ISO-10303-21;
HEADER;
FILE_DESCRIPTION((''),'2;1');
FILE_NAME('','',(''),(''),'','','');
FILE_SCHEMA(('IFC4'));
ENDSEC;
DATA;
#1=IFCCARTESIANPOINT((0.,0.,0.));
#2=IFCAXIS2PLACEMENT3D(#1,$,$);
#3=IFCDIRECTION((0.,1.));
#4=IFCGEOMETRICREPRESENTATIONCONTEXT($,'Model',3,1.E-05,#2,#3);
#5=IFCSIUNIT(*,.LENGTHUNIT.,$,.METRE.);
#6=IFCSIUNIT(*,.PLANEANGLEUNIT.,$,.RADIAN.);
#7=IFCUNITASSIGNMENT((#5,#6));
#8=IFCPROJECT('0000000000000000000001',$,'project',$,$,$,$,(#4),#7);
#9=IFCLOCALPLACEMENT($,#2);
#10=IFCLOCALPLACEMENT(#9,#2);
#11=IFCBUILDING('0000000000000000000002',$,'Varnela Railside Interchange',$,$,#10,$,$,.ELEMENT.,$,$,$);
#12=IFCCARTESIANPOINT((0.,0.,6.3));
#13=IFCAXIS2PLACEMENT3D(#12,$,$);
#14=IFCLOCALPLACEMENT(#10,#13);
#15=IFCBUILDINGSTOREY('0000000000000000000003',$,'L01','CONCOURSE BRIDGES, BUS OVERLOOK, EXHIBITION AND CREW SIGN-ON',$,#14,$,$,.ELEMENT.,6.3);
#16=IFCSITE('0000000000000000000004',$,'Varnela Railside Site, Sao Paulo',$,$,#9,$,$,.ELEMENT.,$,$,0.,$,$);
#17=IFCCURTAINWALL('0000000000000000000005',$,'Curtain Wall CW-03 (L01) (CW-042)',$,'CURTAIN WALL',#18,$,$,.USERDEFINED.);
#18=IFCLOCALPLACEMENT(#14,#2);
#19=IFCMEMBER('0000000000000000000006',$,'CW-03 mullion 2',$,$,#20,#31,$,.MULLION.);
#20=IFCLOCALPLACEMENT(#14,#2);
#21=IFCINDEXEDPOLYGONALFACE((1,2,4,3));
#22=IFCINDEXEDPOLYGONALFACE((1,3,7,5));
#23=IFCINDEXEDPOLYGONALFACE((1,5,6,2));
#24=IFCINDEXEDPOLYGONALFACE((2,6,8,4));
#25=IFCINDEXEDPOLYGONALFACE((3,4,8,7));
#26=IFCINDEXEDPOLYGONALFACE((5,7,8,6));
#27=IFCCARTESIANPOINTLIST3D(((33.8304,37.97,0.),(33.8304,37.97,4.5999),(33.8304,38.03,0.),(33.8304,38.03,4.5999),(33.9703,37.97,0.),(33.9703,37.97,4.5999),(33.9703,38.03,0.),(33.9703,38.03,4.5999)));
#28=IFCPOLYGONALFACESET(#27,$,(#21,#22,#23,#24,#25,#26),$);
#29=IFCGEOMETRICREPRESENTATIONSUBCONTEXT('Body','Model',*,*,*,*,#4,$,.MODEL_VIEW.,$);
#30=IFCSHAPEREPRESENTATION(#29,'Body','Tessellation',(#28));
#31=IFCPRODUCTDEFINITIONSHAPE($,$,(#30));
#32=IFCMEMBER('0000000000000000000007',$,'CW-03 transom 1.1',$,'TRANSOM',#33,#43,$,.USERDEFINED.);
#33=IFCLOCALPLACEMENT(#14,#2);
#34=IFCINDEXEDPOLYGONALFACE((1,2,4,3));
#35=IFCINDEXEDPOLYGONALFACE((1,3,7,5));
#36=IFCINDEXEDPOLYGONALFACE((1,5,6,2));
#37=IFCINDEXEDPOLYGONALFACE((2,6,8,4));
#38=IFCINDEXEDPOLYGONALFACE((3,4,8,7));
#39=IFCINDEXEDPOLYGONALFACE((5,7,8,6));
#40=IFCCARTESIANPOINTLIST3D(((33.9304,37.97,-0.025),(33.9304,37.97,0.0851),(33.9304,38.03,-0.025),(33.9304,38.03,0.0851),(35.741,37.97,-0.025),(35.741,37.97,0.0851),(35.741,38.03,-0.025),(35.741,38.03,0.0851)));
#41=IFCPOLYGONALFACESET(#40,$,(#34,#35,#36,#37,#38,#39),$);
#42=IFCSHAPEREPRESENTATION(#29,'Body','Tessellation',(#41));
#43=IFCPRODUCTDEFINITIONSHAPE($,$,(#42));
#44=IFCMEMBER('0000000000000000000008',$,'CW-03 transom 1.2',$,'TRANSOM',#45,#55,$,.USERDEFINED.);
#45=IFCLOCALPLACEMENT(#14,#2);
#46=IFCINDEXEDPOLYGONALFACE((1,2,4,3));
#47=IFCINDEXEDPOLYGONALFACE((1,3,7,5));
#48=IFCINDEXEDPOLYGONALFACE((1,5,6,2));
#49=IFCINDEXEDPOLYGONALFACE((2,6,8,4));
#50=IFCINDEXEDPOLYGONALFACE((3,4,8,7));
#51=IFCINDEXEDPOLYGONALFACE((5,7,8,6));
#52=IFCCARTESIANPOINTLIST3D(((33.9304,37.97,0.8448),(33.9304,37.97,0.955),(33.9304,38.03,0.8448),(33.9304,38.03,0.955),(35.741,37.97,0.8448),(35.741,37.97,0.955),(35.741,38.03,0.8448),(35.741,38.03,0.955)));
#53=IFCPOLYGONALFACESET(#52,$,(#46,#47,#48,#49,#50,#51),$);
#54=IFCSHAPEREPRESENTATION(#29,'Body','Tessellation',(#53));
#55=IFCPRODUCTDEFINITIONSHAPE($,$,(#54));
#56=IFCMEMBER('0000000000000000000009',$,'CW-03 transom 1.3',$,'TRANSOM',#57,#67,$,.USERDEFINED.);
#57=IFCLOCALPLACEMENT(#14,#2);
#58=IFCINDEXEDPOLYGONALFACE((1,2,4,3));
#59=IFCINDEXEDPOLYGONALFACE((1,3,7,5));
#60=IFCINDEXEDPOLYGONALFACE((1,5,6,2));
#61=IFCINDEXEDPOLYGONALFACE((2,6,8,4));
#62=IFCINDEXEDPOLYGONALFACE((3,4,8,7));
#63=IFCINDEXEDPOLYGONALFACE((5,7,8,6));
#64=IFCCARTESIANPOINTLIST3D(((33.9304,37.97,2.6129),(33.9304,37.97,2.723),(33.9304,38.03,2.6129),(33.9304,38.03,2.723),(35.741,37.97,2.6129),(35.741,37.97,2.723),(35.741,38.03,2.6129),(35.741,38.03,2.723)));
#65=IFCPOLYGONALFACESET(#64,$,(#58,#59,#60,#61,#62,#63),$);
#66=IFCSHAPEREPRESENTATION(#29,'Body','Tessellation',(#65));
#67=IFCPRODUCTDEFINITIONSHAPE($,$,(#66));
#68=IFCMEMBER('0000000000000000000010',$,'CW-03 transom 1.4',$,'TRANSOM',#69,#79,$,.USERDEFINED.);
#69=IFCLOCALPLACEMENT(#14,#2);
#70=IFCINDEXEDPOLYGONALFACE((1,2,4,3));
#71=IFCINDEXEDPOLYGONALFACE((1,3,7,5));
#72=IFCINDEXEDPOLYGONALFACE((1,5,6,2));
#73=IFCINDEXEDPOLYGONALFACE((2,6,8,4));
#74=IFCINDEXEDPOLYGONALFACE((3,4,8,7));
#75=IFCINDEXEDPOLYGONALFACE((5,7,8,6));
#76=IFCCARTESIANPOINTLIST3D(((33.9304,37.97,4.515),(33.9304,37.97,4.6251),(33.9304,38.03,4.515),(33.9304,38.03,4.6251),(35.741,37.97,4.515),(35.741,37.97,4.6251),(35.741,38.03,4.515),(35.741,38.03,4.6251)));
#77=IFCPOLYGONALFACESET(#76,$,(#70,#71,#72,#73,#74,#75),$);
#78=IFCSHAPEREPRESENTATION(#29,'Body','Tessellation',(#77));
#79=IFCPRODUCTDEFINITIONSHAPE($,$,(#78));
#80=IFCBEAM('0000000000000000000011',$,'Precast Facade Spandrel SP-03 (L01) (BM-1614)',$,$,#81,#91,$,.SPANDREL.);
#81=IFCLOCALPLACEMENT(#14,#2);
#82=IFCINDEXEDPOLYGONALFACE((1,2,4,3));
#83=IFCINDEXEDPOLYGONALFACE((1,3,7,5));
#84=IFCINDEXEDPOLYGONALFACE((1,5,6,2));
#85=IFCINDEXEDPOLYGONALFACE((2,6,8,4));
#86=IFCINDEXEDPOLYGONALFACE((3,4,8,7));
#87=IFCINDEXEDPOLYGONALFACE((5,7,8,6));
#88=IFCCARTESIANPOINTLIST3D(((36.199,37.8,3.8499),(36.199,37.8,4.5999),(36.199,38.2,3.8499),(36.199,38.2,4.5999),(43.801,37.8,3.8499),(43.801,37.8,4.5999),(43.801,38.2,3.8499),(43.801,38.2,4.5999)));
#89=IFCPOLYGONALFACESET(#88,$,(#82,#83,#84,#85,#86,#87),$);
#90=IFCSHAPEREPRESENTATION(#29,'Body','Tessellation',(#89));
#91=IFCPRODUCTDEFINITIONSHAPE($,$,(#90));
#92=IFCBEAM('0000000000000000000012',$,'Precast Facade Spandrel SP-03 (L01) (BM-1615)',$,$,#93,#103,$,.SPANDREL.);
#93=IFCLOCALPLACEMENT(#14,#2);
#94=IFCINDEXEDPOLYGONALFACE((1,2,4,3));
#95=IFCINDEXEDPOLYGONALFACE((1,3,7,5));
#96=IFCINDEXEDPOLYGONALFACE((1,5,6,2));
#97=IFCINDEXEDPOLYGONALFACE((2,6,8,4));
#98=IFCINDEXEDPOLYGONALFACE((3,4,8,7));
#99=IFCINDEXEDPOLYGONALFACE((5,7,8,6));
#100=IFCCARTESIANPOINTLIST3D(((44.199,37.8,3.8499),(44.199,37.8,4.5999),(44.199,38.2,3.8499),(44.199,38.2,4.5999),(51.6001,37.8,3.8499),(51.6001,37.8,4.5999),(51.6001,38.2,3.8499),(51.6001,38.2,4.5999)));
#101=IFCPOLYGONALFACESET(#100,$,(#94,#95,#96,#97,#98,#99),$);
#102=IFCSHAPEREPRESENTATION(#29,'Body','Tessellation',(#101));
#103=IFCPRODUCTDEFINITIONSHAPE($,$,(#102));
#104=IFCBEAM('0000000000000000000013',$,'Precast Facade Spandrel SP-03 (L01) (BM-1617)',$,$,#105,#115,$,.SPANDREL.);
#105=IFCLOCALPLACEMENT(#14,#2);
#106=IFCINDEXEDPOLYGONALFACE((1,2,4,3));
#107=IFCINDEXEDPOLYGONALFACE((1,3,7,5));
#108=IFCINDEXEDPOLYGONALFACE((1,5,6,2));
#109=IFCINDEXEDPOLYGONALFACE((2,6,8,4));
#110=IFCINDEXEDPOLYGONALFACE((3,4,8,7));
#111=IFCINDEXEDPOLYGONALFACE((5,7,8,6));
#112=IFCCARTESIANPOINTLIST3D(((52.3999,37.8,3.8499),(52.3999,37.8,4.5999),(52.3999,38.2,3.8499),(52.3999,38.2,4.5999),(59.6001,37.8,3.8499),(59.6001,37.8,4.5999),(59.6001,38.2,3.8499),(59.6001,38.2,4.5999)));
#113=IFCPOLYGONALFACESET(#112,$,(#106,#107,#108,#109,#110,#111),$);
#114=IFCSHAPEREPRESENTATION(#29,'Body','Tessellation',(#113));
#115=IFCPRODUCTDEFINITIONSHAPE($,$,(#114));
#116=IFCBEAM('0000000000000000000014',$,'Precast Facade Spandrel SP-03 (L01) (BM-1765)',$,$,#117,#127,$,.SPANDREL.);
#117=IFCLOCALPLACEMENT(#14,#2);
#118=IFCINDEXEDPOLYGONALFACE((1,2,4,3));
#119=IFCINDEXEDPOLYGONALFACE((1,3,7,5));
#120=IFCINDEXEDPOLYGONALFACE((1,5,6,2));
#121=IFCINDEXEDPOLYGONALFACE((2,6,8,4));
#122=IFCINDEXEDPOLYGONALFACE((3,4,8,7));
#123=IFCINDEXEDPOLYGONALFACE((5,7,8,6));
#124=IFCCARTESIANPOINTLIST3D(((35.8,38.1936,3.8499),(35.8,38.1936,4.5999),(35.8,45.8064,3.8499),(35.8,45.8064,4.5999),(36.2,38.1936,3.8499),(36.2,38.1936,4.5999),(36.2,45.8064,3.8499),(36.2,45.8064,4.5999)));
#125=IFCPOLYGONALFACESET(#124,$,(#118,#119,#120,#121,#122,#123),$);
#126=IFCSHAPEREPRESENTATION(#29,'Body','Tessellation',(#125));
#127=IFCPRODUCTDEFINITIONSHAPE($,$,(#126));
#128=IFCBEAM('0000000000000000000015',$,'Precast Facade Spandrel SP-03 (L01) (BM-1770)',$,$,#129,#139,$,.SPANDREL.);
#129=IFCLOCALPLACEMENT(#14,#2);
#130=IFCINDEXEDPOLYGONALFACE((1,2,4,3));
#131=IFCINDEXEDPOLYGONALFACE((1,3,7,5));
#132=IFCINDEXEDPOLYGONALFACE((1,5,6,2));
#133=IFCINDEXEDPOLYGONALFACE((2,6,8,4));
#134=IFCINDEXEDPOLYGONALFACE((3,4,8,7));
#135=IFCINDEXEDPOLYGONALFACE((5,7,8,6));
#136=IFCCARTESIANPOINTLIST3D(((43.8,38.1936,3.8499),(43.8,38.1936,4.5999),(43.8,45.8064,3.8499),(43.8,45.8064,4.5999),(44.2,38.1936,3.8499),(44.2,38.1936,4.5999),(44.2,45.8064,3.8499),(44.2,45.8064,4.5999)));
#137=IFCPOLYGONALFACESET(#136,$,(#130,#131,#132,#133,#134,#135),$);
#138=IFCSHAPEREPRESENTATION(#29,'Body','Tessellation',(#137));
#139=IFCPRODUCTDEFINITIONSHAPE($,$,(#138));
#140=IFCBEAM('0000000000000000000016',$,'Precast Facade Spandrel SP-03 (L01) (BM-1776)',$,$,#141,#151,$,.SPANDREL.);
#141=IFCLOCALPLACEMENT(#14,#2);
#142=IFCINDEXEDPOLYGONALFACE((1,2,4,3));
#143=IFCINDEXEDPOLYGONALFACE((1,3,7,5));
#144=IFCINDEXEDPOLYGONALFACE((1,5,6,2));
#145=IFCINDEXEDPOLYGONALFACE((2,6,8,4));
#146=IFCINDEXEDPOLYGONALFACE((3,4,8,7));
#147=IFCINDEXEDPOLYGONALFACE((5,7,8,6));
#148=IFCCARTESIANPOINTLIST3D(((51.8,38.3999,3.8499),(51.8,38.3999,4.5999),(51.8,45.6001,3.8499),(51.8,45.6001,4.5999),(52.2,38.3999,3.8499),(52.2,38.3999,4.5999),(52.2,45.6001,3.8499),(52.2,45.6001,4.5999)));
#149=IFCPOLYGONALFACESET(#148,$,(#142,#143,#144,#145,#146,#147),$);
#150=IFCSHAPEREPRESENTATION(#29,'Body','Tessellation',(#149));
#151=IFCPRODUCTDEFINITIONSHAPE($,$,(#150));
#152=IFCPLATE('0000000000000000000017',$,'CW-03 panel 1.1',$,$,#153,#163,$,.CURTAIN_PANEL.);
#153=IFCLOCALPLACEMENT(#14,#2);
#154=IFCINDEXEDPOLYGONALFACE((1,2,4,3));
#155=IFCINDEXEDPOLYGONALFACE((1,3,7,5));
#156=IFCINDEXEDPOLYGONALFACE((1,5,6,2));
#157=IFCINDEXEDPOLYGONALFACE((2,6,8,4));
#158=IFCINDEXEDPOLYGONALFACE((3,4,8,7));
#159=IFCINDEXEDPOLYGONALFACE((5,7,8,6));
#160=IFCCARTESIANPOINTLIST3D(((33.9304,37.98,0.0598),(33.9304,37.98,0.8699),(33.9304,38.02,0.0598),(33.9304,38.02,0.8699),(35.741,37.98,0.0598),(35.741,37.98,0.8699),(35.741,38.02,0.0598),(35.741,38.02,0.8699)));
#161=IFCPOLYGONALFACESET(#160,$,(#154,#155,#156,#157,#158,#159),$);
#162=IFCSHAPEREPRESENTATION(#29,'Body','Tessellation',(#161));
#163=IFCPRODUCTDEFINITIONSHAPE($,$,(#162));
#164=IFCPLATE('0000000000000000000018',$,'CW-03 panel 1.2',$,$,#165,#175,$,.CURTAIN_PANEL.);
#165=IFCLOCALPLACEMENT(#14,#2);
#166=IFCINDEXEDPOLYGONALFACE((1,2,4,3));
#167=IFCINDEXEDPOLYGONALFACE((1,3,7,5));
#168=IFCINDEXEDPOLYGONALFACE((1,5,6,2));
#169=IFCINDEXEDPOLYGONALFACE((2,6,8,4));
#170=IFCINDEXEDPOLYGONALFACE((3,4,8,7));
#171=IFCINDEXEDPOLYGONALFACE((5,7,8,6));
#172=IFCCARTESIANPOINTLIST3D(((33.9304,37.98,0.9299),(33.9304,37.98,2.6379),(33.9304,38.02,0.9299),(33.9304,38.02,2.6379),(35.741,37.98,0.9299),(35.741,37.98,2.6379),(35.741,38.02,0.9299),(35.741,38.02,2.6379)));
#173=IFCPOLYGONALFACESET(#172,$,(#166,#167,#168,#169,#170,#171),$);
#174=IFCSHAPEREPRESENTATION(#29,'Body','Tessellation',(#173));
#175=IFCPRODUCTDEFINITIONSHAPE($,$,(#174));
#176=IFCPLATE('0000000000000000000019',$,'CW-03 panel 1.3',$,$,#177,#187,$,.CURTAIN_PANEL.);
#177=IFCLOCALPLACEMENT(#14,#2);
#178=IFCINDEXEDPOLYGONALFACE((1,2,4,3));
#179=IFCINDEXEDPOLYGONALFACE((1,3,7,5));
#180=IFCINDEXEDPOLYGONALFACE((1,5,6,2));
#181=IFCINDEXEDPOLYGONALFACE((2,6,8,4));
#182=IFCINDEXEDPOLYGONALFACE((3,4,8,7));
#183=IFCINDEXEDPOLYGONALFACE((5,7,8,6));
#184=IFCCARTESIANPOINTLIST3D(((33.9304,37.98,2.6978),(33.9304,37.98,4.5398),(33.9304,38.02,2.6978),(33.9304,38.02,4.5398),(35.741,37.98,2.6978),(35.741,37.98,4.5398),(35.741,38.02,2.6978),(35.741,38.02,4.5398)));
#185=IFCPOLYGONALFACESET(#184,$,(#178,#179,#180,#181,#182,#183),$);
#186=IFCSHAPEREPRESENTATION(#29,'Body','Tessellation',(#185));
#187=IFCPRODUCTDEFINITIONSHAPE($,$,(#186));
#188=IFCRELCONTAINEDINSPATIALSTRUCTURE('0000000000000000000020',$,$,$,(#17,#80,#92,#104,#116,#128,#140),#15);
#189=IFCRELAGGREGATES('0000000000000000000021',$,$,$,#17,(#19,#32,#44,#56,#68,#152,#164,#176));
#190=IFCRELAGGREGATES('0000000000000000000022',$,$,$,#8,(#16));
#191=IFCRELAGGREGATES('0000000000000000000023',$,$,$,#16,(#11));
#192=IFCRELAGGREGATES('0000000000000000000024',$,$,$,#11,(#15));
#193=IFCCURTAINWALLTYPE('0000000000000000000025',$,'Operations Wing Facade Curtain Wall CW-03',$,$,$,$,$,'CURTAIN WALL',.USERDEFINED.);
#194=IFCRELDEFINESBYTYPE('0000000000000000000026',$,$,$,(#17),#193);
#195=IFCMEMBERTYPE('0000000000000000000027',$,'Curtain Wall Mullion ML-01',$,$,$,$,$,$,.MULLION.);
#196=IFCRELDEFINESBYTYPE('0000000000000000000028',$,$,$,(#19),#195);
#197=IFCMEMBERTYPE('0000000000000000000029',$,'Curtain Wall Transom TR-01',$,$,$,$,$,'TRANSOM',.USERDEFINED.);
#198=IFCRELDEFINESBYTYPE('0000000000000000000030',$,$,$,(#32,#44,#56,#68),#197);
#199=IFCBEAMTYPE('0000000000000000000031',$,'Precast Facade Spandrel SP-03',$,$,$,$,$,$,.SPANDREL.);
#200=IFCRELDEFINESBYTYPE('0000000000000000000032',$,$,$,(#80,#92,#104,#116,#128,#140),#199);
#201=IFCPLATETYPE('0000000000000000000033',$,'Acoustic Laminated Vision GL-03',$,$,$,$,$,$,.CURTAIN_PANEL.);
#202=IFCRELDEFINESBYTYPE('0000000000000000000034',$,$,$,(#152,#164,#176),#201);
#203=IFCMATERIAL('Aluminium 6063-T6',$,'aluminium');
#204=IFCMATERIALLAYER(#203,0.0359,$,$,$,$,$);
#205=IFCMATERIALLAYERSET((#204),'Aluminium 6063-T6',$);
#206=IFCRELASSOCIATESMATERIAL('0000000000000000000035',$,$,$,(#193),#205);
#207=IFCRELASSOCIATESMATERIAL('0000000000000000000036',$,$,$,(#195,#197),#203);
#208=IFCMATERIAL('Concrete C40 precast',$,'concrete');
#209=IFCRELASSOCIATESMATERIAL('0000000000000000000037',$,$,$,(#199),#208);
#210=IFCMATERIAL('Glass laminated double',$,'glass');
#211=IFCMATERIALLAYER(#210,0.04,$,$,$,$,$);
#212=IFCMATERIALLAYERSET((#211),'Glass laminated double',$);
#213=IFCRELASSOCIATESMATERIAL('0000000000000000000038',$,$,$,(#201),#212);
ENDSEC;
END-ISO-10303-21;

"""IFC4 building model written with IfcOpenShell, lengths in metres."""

from ifc_helpers import new_model, si_unit, direction, frame, origin, origin_2d, place, context, subcontext, project, spatial, rectangle, extrude, material, layer, layer_set, material_profile, profile_set, type_object, element, aggregate, save


model = new_model("IFC4")

# Units and contexts
model_context = context("Model", 3, precision=1e-05, world=origin(), true_north=direction((0.0, 1.0)))
body_context = subcontext(model_context, "Body", "Model", "MODEL_VIEW")
ifc_project = project(units=[si_unit("LENGTHUNIT", "METRE"), si_unit("PLANEANGLEUNIT", "RADIAN")], contexts=[model_context])

# Site, building, storey
site_placement = place(None, origin())
site = spatial("IfcSite", under=ifc_project, at=site_placement, Name="Varnela Railside Site, Sao Paulo", CompositionType="ELEMENT", RefElevation=0.0)
building_placement = place(site_placement, origin())
building = spatial("IfcBuilding", under=site, at=building_placement, Name="Varnela Railside Interchange", CompositionType="ELEMENT")
storey_placement = place(building_placement, frame((0.0, 0.0, 6.3)))
storey = spatial("IfcBuildingStorey", under=building, at=storey_placement, Name="L01", Description="CONCOURSE BRIDGES, BUS OVERLOOK, EXHIBITION AND CREW SIGN-ON", CompositionType="ELEMENT", Elevation=6.3)

# Curtain wall, members
ifc_material_1 = material(Name="Aluminium 6063-T6", Category="aluminium")
ifc_layer_1 = layer(ifc_material_1, 0.0359)
ifc_layer_set_1 = layer_set([ifc_layer_1], Name="Aluminium 6063-T6")
curtain_wall_type = type_object("IfcCurtainWallType", Name="Operations Wing Facade Curtain Wall CW-03", ElementType="CURTAIN WALL", PredefinedType="USERDEFINED", material=ifc_layer_set_1)
curtain_wall_placement = place(storey_placement, origin())
curtain_wall = element("IfcCurtainWall", 1, at=curtain_wall_placement, inside=storey, type_object=curtain_wall_type, Name="Curtain Wall CW-03 (L01) (CW-042)", ObjectType="CURTAIN WALL", PredefinedType="USERDEFINED")
ifc_material_profile_1 = material_profile(ifc_material_1, rectangle(XDim=0.0601, YDim=0.1399, at=origin_2d()), Name="ALU 60x140")
ifc_profile_set_1 = profile_set([ifc_material_profile_1], Name="Aluminium 6063-T6")
member_type_1 = type_object("IfcMemberType", Name="Curtain Wall Mullion ML-01", PredefinedType="MULLION", material=ifc_profile_set_1)
member_1_placement = place(storey_placement, frame((33.9004, 38.0, 0.0), z_axis=(0.0, 0.0, 1.0), x_axis=(0.0, -1.0, 0.0)))
member_1 = element("IfcMember", 2, at=member_1_placement, type_object=member_type_1, Name="CW-03 mullion 2", PredefinedType="MULLION", context=body_context, shape_type="SweptSolid", body=[
    extrude(rectangle(XDim=0.0601, YDim=0.1399, at=origin_2d()), origin(), (0.0, 0.0, 1.0), 4.5999),
])
ifc_material_profile_2 = material_profile(ifc_material_1, rectangle(XDim=0.0601, YDim=0.1101, at=origin_2d()), Name="ALU 60x110")
ifc_profile_set_2 = profile_set([ifc_material_profile_2], Name="Aluminium 6063-T6")
member_type_2 = type_object("IfcMemberType", Name="Curtain Wall Transom TR-01", ElementType="TRANSOM", PredefinedType="USERDEFINED", material=ifc_profile_set_2)
member_2_placement = place(storey_placement, frame((35.741, 38.0, 0.03), z_axis=(-1.0, 0.0, 0.0), x_axis=(0.0, -1.0, 0.0)))
member_2 = element("IfcMember", 3, at=member_2_placement, type_object=member_type_2, Name="CW-03 transom 1.1", ObjectType="TRANSOM", PredefinedType="USERDEFINED", context=body_context, shape_type="SweptSolid", body=[
    extrude(rectangle(XDim=0.0601, YDim=0.1101, at=origin_2d()), origin(), (0.0, 0.0, 1.0), 1.8105),
])
member_3_placement = place(storey_placement, frame((35.741, 38.0, 0.8999), z_axis=(-1.0, 0.0, 0.0), x_axis=(0.0, -1.0, 0.0)))
member_3 = element("IfcMember", 4, at=member_3_placement, type_object=member_type_2, Name="CW-03 transom 1.2", ObjectType="TRANSOM", PredefinedType="USERDEFINED", context=body_context, shape_type="SweptSolid", body=[
    extrude(rectangle(XDim=0.0601, YDim=0.1101, at=origin_2d()), origin(), (0.0, 0.0, 1.0), 1.8105),
])
member_4_placement = place(storey_placement, frame((35.741, 38.0, 2.668), z_axis=(-1.0, 0.0, 0.0), x_axis=(0.0, -1.0, 0.0)))
member_4 = element("IfcMember", 5, at=member_4_placement, type_object=member_type_2, Name="CW-03 transom 1.3", ObjectType="TRANSOM", PredefinedType="USERDEFINED", context=body_context, shape_type="SweptSolid", body=[
    extrude(rectangle(XDim=0.0601, YDim=0.1101, at=origin_2d()), origin(), (0.0, 0.0, 1.0), 1.8105),
])
member_5_placement = place(storey_placement, frame((35.741, 38.0, 4.5701), z_axis=(-1.0, 0.0, 0.0), x_axis=(0.0, -1.0, 0.0)))
member_5 = element("IfcMember", 6, at=member_5_placement, type_object=member_type_2, Name="CW-03 transom 1.4", ObjectType="TRANSOM", PredefinedType="USERDEFINED", context=body_context, shape_type="SweptSolid", body=[
    extrude(rectangle(XDim=0.0601, YDim=0.1101, at=origin_2d()), origin(), (0.0, 0.0, 1.0), 1.8105),
])

# Beams
ifc_material_2 = material(Name="Concrete C40 precast", Category="concrete")
ifc_material_profile_3 = material_profile(ifc_material_2, rectangle(XDim=0.3999, YDim=0.75, at=origin_2d()), Name="PC 400x750")
ifc_profile_set_3 = profile_set([ifc_material_profile_3], Name="Concrete C40 precast")
beam_type_1 = type_object("IfcBeamType", Name="Precast Facade Spandrel SP-03", PredefinedType="SPANDREL", material=ifc_profile_set_3)
beam_1_placement = place(storey_placement, frame((36.199, 38.0, 4.2249), z_axis=(1.0, 0.0, 0.0), x_axis=(0.0, 1.0, 0.0)))
element("IfcBeam", 7, at=beam_1_placement, inside=storey, type_object=beam_type_1, Name="Precast Facade Spandrel SP-03 (L01) (BM-1614)", PredefinedType="SPANDREL", context=body_context, shape_type="SweptSolid", body=[
    extrude(rectangle(XDim=0.3999, YDim=0.75, at=origin_2d()), origin(), (0.0, 0.0, 1.0), 7.6021),
])
beam_2_placement = place(storey_placement, frame((44.199, 38.0, 4.2249), z_axis=(1.0, 0.0, 0.0), x_axis=(0.0, 1.0, 0.0)))
element("IfcBeam", 8, at=beam_2_placement, inside=storey, type_object=beam_type_1, Name="Precast Facade Spandrel SP-03 (L01) (BM-1615)", PredefinedType="SPANDREL", context=body_context, shape_type="SweptSolid", body=[
    extrude(rectangle(XDim=0.3999, YDim=0.75, at=origin_2d()), origin(), (0.0, 0.0, 1.0), 7.4011),
])
beam_3_placement = place(storey_placement, frame((52.3999, 38.0, 4.2249), z_axis=(1.0, 0.0, 0.0), x_axis=(0.0, 1.0, 0.0)))
element("IfcBeam", 9, at=beam_3_placement, inside=storey, type_object=beam_type_1, Name="Precast Facade Spandrel SP-03 (L01) (BM-1617)", PredefinedType="SPANDREL", context=body_context, shape_type="SweptSolid", body=[
    extrude(rectangle(XDim=0.3999, YDim=0.75, at=origin_2d()), origin(), (0.0, 0.0, 1.0), 7.2002),
])
for number, where, z_axis, x_axis, name in (
    (10, (36.0, 38.1936, 4.2249), (0.0, 1.0, 0.0), (-1.0, 0.0, 0.0), "Precast Facade Spandrel SP-03 (L01) (BM-1765)"),
    (11, (44.0, 38.1936, 4.2249), (0.0, 1.0, 0.0), (-1.0, 0.0, 0.0), "Precast Facade Spandrel SP-03 (L01) (BM-1770)"),
):
    element("IfcBeam", number, at=place(storey_placement, frame(where, z_axis=z_axis, x_axis=x_axis)), inside=storey, type_object=beam_type_1, Name=name, PredefinedType="SPANDREL", context=body_context, shape_type="SweptSolid", body=[
        extrude(rectangle(XDim=0.3999, YDim=0.75, at=origin_2d()), origin(), (0.0, 0.0, 1.0), 7.6128),
    ])
beam_4_placement = place(storey_placement, frame((52.0, 38.3999, 4.2249), z_axis=(0.0, 1.0, 0.0), x_axis=(-1.0, 0.0, 0.0)))
element("IfcBeam", 12, at=beam_4_placement, inside=storey, type_object=beam_type_1, Name="Precast Facade Spandrel SP-03 (L01) (BM-1776)", PredefinedType="SPANDREL", context=body_context, shape_type="SweptSolid", body=[
    extrude(rectangle(XDim=0.3999, YDim=0.75, at=origin_2d()), origin(), (0.0, 0.0, 1.0), 7.2002),
])

# Plates
ifc_material_3 = material(Name="Glass laminated double", Category="glass")
ifc_layer_2 = layer(ifc_material_3, 0.04)
ifc_layer_set_2 = layer_set([ifc_layer_2], Name="Glass laminated double")
plate_type = type_object("IfcPlateType", Name="Acoustic Laminated Vision GL-03", PredefinedType="CURTAIN_PANEL", material=ifc_layer_set_2)
plate_1_placement = place(storey_placement, frame((34.8357, 38.0, 0.0598), z_axis=(0.0, 0.0, 1.0), x_axis=(-1.0, 0.0, 0.0)))
plate_1 = element("IfcPlate", 13, at=plate_1_placement, type_object=plate_type, Name="CW-03 panel 1.1", PredefinedType="CURTAIN_PANEL", context=body_context, shape_type="SweptSolid", body=[
    extrude(rectangle(XDim=1.8105, YDim=0.04, at=origin_2d()), origin(), (0.0, 0.0, 1.0), 0.8101),
])
plate_2_placement = place(storey_placement, frame((34.8357, 38.0, 0.9299), z_axis=(0.0, 0.0, 1.0), x_axis=(-1.0, 0.0, 0.0)))
plate_2 = element("IfcPlate", 14, at=plate_2_placement, type_object=plate_type, Name="CW-03 panel 1.2", PredefinedType="CURTAIN_PANEL", context=body_context, shape_type="SweptSolid", body=[
    extrude(rectangle(XDim=1.8105, YDim=0.04, at=origin_2d()), origin(), (0.0, 0.0, 1.0), 1.708),
])
plate_3_placement = place(storey_placement, frame((34.8357, 38.0, 2.6978), z_axis=(0.0, 0.0, 1.0), x_axis=(-1.0, 0.0, 0.0)))
plate_3 = element("IfcPlate", 15, at=plate_3_placement, type_object=plate_type, Name="CW-03 panel 1.3", PredefinedType="CURTAIN_PANEL", context=body_context, shape_type="SweptSolid", body=[
    extrude(rectangle(XDim=1.8105, YDim=0.04, at=origin_2d()), origin(), (0.0, 0.0, 1.0), 1.842),
])
aggregate(curtain_wall, [member_1, member_2, member_3, member_4, member_5, plate_1, plate_2, plate_3])

save(model, "model.ifc")
